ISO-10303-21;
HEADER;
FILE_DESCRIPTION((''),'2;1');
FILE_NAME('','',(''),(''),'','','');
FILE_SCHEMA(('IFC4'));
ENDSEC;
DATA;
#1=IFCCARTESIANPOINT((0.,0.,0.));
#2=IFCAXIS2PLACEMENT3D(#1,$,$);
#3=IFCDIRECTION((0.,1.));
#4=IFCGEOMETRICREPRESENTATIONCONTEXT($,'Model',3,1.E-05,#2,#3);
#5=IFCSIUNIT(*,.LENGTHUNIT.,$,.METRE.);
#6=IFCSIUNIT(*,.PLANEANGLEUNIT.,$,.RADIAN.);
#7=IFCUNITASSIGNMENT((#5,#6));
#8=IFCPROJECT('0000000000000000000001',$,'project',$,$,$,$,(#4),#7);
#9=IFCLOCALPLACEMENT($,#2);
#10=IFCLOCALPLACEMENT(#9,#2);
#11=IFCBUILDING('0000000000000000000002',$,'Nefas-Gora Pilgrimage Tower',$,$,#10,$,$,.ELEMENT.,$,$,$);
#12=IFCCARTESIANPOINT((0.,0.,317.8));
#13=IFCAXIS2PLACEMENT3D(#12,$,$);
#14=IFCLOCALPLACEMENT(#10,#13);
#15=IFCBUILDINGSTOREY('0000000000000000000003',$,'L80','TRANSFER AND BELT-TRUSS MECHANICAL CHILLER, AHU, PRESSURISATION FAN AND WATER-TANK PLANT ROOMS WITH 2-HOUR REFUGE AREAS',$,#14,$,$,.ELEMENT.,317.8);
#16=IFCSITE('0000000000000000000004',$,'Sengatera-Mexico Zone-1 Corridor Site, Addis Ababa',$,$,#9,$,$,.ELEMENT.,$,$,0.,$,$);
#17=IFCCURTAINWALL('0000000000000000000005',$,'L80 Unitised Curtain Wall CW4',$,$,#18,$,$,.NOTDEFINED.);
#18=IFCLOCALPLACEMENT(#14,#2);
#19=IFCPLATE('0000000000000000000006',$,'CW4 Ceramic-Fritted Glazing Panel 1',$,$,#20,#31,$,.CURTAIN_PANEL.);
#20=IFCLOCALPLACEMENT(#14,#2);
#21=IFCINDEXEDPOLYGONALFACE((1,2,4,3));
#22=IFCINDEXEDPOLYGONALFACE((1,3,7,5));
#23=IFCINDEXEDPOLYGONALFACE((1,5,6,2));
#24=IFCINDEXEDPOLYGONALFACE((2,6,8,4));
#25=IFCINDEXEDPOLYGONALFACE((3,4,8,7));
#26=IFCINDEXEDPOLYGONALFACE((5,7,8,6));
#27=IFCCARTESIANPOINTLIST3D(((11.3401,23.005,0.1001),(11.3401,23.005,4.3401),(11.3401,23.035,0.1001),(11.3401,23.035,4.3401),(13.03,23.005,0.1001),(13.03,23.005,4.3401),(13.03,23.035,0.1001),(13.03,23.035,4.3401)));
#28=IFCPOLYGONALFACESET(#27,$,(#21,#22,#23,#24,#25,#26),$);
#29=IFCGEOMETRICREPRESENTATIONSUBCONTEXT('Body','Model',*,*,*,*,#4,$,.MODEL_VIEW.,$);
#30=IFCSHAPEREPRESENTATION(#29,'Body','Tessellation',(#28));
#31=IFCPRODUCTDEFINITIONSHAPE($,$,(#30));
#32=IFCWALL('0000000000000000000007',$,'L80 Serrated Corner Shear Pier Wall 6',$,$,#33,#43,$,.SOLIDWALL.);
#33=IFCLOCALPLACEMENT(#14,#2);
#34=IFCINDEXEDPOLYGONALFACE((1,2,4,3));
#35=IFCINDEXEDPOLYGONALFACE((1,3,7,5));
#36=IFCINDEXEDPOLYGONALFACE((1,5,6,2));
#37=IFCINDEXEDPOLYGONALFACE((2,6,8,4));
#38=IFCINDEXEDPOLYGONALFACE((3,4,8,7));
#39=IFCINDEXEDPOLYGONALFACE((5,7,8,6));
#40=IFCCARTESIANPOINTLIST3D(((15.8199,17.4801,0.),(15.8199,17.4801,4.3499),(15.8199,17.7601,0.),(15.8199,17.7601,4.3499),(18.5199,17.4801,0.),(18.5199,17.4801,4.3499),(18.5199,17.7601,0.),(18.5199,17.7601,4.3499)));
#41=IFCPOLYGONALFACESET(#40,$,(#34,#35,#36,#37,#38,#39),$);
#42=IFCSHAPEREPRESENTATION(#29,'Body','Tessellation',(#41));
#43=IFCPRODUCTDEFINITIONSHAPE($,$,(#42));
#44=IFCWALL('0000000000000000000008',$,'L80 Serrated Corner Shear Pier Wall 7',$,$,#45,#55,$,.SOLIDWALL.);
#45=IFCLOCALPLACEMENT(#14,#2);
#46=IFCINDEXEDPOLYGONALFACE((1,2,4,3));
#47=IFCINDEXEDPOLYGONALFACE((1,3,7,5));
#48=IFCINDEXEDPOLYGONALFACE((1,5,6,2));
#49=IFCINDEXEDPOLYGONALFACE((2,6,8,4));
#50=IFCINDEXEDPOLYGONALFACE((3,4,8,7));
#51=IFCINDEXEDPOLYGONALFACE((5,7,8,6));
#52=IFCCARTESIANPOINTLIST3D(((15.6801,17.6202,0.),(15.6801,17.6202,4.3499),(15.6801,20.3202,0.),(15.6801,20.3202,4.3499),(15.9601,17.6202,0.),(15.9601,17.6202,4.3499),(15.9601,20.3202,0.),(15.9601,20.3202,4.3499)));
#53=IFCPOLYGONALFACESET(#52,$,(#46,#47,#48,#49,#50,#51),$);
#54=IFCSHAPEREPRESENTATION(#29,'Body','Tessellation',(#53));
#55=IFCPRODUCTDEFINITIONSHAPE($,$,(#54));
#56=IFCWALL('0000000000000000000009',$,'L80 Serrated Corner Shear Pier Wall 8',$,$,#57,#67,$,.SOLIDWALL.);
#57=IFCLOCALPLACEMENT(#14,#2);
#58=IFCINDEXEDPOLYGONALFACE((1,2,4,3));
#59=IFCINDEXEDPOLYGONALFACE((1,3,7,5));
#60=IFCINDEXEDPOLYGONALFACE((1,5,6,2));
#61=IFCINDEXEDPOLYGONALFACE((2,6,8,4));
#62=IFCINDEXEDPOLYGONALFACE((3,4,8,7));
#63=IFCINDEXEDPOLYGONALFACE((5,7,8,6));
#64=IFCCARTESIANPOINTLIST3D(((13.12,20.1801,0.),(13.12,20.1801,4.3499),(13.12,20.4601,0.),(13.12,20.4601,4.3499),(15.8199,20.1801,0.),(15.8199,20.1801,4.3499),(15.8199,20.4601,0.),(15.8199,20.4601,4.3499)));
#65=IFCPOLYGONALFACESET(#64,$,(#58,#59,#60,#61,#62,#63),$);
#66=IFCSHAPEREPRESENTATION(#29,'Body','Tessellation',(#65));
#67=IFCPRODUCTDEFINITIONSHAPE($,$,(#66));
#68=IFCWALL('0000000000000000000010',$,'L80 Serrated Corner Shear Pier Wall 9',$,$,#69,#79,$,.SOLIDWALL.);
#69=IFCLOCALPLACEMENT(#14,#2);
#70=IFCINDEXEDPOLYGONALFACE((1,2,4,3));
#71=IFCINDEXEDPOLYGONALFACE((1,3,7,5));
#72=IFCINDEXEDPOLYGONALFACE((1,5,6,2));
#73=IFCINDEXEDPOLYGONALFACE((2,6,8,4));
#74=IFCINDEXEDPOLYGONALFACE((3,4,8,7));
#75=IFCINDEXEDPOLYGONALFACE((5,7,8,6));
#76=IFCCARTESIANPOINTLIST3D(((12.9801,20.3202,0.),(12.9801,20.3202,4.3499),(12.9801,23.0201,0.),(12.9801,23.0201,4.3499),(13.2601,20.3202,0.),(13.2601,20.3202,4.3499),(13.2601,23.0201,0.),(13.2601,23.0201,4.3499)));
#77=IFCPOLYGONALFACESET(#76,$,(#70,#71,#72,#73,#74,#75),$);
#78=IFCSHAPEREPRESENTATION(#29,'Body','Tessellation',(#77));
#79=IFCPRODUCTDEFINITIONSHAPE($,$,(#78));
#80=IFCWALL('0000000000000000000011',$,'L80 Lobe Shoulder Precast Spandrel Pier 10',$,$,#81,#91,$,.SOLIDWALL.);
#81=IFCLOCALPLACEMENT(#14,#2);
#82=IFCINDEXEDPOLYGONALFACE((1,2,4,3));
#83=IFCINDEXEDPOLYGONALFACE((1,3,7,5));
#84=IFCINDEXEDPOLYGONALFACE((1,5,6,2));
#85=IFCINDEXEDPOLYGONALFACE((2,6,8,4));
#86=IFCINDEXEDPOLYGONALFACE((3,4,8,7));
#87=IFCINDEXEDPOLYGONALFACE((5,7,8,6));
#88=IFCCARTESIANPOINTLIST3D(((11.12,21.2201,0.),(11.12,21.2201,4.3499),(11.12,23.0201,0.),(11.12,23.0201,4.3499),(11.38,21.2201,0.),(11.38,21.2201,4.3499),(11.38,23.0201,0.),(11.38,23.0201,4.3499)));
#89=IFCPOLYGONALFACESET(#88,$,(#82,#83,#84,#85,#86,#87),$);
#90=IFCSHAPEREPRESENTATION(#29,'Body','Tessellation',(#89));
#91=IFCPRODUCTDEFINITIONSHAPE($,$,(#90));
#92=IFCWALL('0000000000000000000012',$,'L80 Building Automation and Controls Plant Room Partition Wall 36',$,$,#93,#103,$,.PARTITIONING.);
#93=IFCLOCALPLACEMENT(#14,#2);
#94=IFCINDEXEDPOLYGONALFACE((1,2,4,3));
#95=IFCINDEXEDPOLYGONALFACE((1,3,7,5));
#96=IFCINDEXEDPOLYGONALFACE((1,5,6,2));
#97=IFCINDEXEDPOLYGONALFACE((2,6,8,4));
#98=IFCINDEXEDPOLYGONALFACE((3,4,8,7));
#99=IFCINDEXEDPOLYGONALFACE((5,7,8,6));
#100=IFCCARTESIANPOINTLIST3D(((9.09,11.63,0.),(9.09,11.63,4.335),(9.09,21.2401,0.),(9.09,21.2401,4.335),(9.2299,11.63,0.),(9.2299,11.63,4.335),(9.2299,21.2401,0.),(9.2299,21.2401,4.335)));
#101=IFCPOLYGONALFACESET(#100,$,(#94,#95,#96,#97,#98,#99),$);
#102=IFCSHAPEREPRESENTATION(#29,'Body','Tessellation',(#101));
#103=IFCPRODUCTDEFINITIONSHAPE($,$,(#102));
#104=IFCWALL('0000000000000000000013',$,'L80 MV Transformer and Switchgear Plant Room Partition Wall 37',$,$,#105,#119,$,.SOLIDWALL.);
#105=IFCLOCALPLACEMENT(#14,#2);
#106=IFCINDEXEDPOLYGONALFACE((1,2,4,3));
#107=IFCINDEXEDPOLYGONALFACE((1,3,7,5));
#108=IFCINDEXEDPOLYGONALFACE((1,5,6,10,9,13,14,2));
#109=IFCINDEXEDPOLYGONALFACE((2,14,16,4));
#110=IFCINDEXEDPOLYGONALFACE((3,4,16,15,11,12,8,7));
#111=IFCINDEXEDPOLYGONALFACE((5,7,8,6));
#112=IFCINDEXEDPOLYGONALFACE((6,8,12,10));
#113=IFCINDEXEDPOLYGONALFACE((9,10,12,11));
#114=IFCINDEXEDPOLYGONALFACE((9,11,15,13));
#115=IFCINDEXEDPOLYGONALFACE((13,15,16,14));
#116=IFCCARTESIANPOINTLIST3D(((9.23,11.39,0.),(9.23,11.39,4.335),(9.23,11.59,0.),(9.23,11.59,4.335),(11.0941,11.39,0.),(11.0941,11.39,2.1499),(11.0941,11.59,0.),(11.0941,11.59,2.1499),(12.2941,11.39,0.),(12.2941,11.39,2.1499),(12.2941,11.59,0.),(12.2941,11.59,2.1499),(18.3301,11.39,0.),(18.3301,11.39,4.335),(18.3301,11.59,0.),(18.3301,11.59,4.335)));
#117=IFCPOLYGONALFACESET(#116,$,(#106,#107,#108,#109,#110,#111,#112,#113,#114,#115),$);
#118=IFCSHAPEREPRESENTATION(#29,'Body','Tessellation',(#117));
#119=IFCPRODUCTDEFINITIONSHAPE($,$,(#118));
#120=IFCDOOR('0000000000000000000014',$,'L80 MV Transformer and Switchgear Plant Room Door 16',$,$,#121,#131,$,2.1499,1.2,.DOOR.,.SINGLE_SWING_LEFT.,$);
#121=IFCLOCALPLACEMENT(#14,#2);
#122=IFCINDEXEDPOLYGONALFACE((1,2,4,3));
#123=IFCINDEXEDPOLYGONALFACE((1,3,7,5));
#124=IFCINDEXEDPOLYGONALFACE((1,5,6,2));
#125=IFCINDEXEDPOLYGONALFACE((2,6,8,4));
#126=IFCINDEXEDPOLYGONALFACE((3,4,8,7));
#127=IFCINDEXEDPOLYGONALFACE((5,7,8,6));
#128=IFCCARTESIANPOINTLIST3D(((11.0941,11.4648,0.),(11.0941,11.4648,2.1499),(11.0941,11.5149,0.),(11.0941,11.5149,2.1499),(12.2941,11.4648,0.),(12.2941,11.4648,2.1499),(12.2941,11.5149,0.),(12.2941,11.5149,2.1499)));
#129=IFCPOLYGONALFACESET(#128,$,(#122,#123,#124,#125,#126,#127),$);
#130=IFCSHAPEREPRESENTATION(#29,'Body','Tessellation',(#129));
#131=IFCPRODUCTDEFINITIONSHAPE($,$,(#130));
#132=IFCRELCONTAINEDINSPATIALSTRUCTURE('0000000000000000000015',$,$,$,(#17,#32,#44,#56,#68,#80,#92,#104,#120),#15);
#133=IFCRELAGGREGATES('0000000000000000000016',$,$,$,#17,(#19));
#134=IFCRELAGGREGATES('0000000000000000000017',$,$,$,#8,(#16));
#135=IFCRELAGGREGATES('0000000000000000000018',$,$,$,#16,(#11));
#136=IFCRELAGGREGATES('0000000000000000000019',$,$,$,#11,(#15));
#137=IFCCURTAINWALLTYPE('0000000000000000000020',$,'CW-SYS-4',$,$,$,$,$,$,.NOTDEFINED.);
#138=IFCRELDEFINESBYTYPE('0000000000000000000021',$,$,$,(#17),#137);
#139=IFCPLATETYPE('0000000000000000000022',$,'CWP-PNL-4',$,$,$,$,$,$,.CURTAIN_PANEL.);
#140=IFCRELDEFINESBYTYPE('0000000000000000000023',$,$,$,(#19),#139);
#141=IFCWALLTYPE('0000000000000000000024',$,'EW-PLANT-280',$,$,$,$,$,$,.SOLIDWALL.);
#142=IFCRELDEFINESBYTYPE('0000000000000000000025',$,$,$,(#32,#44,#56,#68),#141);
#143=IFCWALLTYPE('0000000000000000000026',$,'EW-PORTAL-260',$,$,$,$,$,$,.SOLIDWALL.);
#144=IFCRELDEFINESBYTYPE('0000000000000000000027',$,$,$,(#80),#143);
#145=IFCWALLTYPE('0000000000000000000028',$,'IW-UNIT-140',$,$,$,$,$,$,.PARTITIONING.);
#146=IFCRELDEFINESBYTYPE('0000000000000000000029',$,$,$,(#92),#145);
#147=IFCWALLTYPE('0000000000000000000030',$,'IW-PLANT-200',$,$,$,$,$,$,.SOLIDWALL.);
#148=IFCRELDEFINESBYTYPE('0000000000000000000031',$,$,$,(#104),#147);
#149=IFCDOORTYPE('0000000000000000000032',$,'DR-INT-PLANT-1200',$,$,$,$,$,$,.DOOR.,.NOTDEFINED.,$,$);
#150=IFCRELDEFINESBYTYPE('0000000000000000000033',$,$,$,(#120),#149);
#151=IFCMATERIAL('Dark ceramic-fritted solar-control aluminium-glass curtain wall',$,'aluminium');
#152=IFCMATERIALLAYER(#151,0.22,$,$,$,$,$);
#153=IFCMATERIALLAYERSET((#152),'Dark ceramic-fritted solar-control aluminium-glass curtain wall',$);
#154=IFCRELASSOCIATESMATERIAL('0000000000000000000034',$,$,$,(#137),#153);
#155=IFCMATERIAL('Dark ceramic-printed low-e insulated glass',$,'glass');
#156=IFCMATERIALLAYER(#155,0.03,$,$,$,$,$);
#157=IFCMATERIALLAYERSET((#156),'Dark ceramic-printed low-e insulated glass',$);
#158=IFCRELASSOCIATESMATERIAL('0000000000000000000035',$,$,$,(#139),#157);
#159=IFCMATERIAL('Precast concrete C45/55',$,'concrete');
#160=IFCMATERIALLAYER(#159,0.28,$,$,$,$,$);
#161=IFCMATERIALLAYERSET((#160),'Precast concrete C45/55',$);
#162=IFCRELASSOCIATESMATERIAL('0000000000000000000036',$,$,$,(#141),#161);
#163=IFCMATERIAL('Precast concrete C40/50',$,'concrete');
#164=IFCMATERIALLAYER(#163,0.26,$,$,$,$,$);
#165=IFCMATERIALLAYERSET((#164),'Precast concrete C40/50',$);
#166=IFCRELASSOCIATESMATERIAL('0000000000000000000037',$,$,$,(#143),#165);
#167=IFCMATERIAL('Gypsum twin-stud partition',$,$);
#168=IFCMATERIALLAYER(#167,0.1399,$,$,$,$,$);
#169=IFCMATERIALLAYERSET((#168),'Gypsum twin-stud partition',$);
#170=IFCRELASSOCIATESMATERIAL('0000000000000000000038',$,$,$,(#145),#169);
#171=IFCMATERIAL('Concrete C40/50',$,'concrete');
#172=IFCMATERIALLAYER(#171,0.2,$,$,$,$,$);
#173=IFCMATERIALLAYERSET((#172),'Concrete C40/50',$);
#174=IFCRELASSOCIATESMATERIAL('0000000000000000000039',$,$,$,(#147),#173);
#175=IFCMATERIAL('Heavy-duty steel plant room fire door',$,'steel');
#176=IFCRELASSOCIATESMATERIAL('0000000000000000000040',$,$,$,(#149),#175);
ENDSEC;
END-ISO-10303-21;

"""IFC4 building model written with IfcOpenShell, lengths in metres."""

from ifc_helpers import new_model, si_unit, direction, frame, frame_2d, origin, origin_2d, place, context, subcontext, project, spatial, rectangle, extrude, source, transform, mapped, material, layer, layer_set, type_object, element, fill, aggregate, save


model = new_model("IFC4")

# Units and contexts
model_context = context("Model", 3, precision=1e-05, world=origin(), true_north=direction((0.0, 1.0)))
body_context = subcontext(model_context, "Body", "Model", "MODEL_VIEW")
ifc_project = project(units=[si_unit("LENGTHUNIT", "METRE"), si_unit("PLANEANGLEUNIT", "RADIAN")], contexts=[model_context])

# Site, building, storey
site_placement = place(None, origin())
site = spatial("IfcSite", under=ifc_project, at=site_placement, Name="Sengatera-Mexico Zone-1 Corridor Site, Addis Ababa", CompositionType="ELEMENT", RefElevation=0.0)
building_placement = place(site_placement, origin())
building = spatial("IfcBuilding", under=site, at=building_placement, Name="Nefas-Gora Pilgrimage Tower", CompositionType="ELEMENT")
storey_placement = place(building_placement, frame((0.0, 0.0, 317.8)))
storey = spatial("IfcBuildingStorey", under=building, at=storey_placement, Name="L80", Description="TRANSFER AND BELT-TRUSS MECHANICAL CHILLER, AHU, PRESSURISATION FAN AND WATER-TANK PLANT ROOMS WITH 2-HOUR REFUGE AREAS", CompositionType="ELEMENT", Elevation=317.8)

# Curtain wall
ifc_material_1 = material(Name="Dark ceramic-fritted solar-control aluminium-glass curtain wall", Category="aluminium")
ifc_layer_1 = layer(ifc_material_1, 0.22)
ifc_layer_set_1 = layer_set([ifc_layer_1], Name="Dark ceramic-fritted solar-control aluminium-glass curtain wall")
curtain_wall_type_1 = type_object("IfcCurtainWallType", Name="CW-SYS-4", PredefinedType="NOTDEFINED", material=ifc_layer_set_1)
curtain_wall_1_placement = place(storey_placement, origin())
curtain_wall_1 = element("IfcCurtainWall", 1, at=curtain_wall_1_placement, inside=storey, type_object=curtain_wall_type_1, Name="L80 Unitised Curtain Wall CW4", PredefinedType="NOTDEFINED")

# Plate
ifc_material_2 = material(Name="Dark ceramic-printed low-e insulated glass", Category="glass")
ifc_layer_2 = layer(ifc_material_2, 0.03)
ifc_layer_set_2 = layer_set([ifc_layer_2], Name="Dark ceramic-printed low-e insulated glass")
plate_type_1 = type_object("IfcPlateType", Name="CWP-PNL-4", PredefinedType="CURTAIN_PANEL", material=ifc_layer_set_2)
shared_shape_1 = source(origin(), body_context, "Body", "SweptSolid", [
    extrude(rectangle(XDim=1.6899, YDim=0.03, at=origin_2d()), origin(), (0.0, 0.0, 1.0), 4.24),
])
plate_1_placement = place(storey_placement, frame((12.1851, 23.02, 0.1001), z_axis=(0.0, 0.0, 1.0), x_axis=(-1.0, 0.0, 0.0)))
plate_1 = element("IfcPlate", 2, at=plate_1_placement, type_object=plate_type_1, Name="CW4 Ceramic-Fritted Glazing Panel 1", PredefinedType="CURTAIN_PANEL", context=body_context, shape_type="MappedRepresentation", body=[
    mapped(shared_shape_1, transform((0.0, 0.0, 0.0), x_axis=(1.0, 0.0, 0.0), y_axis=(0.0, 1.0, 0.0), z_axis=(0.0, 0.0, 1.0), scale=1.0)),
])
aggregate(curtain_wall_1, [plate_1])

# Walls
ifc_material_3 = material(Name="Precast concrete C45/55", Category="concrete")
ifc_layer_3 = layer(ifc_material_3, 0.28)
ifc_layer_set_3 = layer_set([ifc_layer_3], Name="Precast concrete C45/55")
wall_type_1 = type_object("IfcWallType", Name="EW-PLANT-280", PredefinedType="SOLIDWALL", material=ifc_layer_set_3)
shared_shape_2 = source(origin(), body_context, "Body", "SweptSolid", [
    extrude(rectangle(XDim=2.7, YDim=0.28, at=frame_2d((1.3501, 0.0))), origin(), (0.0, 0.0, 1.0), 4.3499),
])
for number, where, z_axis, x_axis, name in (
    (3, (18.52, 17.6201, 0.0), (0.0, 0.0, 1.0), (-1.0, 0.0, 0.0), "L80 Serrated Corner Shear Pier Wall 6"),
    (4, (15.8201, 17.6201, 0.0), (0.0, 0.0, 1.0), (0.0, 1.0, 0.0), "L80 Serrated Corner Shear Pier Wall 7"),
    (5, (15.8201, 20.3201, 0.0), (0.0, 0.0, 1.0), (-1.0, 0.0, 0.0), "L80 Serrated Corner Shear Pier Wall 8"),
    (6, (13.1201, 20.3201, 0.0), (0.0, 0.0, 1.0), (0.0, 1.0, 0.0), "L80 Serrated Corner Shear Pier Wall 9"),
):
    element("IfcWall", number, at=place(storey_placement, frame(where, z_axis=z_axis, x_axis=x_axis)), inside=storey, type_object=wall_type_1, Name=name, PredefinedType="SOLIDWALL", context=body_context, shape_type="MappedRepresentation", body=[
        mapped(shared_shape_2, transform((0.0, 0.0, 0.0), x_axis=(1.0, 0.0, 0.0), y_axis=(0.0, 1.0, 0.0), z_axis=(0.0, 0.0, 1.0), scale=1.0)),
    ])
ifc_material_4 = material(Name="Precast concrete C40/50", Category="concrete")
ifc_layer_4 = layer(ifc_material_4, 0.26)
ifc_layer_set_4 = layer_set([ifc_layer_4], Name="Precast concrete C40/50")
wall_type_2 = type_object("IfcWallType", Name="EW-PORTAL-260", PredefinedType="SOLIDWALL", material=ifc_layer_set_4)
shared_shape_3 = source(origin(), body_context, "Body", "SweptSolid", [
    extrude(rectangle(XDim=1.8, YDim=0.26, at=frame_2d((0.8999, 0.0))), origin(), (0.0, 0.0, 1.0), 4.3499),
])
wall_1_placement = place(storey_placement, frame((11.25, 23.02, 0.0), z_axis=(0.0, 0.0, 1.0), x_axis=(0.0, -1.0, 0.0)))
element("IfcWall", 7, at=wall_1_placement, inside=storey, type_object=wall_type_2, Name="L80 Lobe Shoulder Precast Spandrel Pier 10", PredefinedType="SOLIDWALL", context=body_context, shape_type="MappedRepresentation", body=[
    mapped(shared_shape_3, transform((0.0, 0.0, 0.0), x_axis=(1.0, 0.0, 0.0), y_axis=(0.0, 1.0, 0.0), z_axis=(0.0, 0.0, 1.0), scale=1.0)),
])
ifc_material_5 = material(Name="Gypsum twin-stud partition")
ifc_layer_5 = layer(ifc_material_5, 0.1399)
ifc_layer_set_5 = layer_set([ifc_layer_5], Name="Gypsum twin-stud partition")
wall_type_3 = type_object("IfcWallType", Name="IW-UNIT-140", PredefinedType="PARTITIONING", material=ifc_layer_set_5)
shared_shape_4 = source(origin(), body_context, "Body", "SweptSolid", [
    extrude(rectangle(XDim=9.6101, YDim=0.1399, at=frame_2d((4.8052, 0.0))), origin(), (0.0, 0.0, 1.0), 4.335),
])
wall_2_placement = place(storey_placement, frame((9.1599, 11.6299, 0.0), z_axis=(0.0, 0.0, 1.0), x_axis=(0.0, 1.0, 0.0)))
element("IfcWall", 8, at=wall_2_placement, inside=storey, type_object=wall_type_3, Name="L80 Building Automation and Controls Plant Room Partition Wall 36", PredefinedType="PARTITIONING", context=body_context, shape_type="MappedRepresentation", body=[
    mapped(shared_shape_4, transform((0.0, 0.0, 0.0), x_axis=(1.0, 0.0, 0.0), y_axis=(0.0, 1.0, 0.0), z_axis=(0.0, 0.0, 1.0), scale=1.0)),
])

# Wall, opening, door
ifc_material_6 = material(Name="Concrete C40/50", Category="concrete")
ifc_layer_6 = layer(ifc_material_6, 0.2)
ifc_layer_set_6 = layer_set([ifc_layer_6], Name="Concrete C40/50")
wall_type_4 = type_object("IfcWallType", Name="IW-PLANT-200", PredefinedType="SOLIDWALL", material=ifc_layer_set_6)
shared_shape_5 = source(origin(), body_context, "Body", "SweptSolid", [
    extrude(rectangle(XDim=9.1001, YDim=0.2, at=frame_2d((4.55, 0.0))), origin(), (0.0, 0.0, 1.0), 4.335),
])
wall_3_placement = place(storey_placement, frame((9.23, 11.49, 0.0), z_axis=(0.0, 0.0, 1.0), x_axis=(1.0, 0.0, 0.0)))
wall_3 = element("IfcWall", 9, at=wall_3_placement, inside=storey, type_object=wall_type_4, Name="L80 MV Transformer and Switchgear Plant Room Partition Wall 37", PredefinedType="SOLIDWALL", context=body_context, shape_type="MappedRepresentation", body=[
    mapped(shared_shape_5, transform((0.0, 0.0, 0.0), x_axis=(1.0, 0.0, 0.0), y_axis=(0.0, 1.0, 0.0), z_axis=(0.0, 0.0, 1.0), scale=1.0)),
])
opening_placement = place(wall_3_placement, frame((1.864, 0.0, 0.0)))
opening = element("IfcOpeningElement", 10, at=opening_placement, cuts=wall_3, PredefinedType="OPENING", context=body_context, shape_type="SweptSolid", body=[
    extrude(rectangle(XDim=1.2, YDim=2.1499, at=frame_2d((0.6001, 1.075))), frame((0.0, 0.1099, 0.0), z_axis=(0.0, -1.0, 0.0), x_axis=(1.0, 0.0, 0.0)), (0.0, 0.0, 1.0), 0.22),
])
ifc_material_7 = material(Name="Heavy-duty steel plant room fire door", Category="steel")
door_type = type_object("IfcDoorType", Name="DR-INT-PLANT-1200", OperationType="NOTDEFINED", PredefinedType="DOOR", material=ifc_material_7)
shared_shape_6 = source(origin(), body_context, "Body", "SweptSolid", [
    extrude(rectangle(XDim=1.2, YDim=2.1499, at=frame_2d((0.6001, 1.075))), frame((0.0, 0.0249, 0.0), z_axis=(0.0, -1.0, 0.0), x_axis=(1.0, 0.0, 0.0)), (0.0, 0.0, 1.0), 0.05),
])
door_placement = place(opening_placement, origin())
door = element("IfcDoor", 11, at=door_placement, inside=storey, type_object=door_type, Name="L80 MV Transformer and Switchgear Plant Room Door 16", OperationType="SINGLE_SWING_LEFT", OverallHeight=2.1499, OverallWidth=1.2, PredefinedType="DOOR", context=body_context, shape_type="MappedRepresentation", body=[
    mapped(shared_shape_6, transform((0.0, 0.0, 0.0), x_axis=(1.0, 0.0, 0.0), y_axis=(0.0, 1.0, 0.0), z_axis=(0.0, 0.0, 1.0), scale=1.0)),
])
fill(opening, door)

save(model, "model.ifc")
